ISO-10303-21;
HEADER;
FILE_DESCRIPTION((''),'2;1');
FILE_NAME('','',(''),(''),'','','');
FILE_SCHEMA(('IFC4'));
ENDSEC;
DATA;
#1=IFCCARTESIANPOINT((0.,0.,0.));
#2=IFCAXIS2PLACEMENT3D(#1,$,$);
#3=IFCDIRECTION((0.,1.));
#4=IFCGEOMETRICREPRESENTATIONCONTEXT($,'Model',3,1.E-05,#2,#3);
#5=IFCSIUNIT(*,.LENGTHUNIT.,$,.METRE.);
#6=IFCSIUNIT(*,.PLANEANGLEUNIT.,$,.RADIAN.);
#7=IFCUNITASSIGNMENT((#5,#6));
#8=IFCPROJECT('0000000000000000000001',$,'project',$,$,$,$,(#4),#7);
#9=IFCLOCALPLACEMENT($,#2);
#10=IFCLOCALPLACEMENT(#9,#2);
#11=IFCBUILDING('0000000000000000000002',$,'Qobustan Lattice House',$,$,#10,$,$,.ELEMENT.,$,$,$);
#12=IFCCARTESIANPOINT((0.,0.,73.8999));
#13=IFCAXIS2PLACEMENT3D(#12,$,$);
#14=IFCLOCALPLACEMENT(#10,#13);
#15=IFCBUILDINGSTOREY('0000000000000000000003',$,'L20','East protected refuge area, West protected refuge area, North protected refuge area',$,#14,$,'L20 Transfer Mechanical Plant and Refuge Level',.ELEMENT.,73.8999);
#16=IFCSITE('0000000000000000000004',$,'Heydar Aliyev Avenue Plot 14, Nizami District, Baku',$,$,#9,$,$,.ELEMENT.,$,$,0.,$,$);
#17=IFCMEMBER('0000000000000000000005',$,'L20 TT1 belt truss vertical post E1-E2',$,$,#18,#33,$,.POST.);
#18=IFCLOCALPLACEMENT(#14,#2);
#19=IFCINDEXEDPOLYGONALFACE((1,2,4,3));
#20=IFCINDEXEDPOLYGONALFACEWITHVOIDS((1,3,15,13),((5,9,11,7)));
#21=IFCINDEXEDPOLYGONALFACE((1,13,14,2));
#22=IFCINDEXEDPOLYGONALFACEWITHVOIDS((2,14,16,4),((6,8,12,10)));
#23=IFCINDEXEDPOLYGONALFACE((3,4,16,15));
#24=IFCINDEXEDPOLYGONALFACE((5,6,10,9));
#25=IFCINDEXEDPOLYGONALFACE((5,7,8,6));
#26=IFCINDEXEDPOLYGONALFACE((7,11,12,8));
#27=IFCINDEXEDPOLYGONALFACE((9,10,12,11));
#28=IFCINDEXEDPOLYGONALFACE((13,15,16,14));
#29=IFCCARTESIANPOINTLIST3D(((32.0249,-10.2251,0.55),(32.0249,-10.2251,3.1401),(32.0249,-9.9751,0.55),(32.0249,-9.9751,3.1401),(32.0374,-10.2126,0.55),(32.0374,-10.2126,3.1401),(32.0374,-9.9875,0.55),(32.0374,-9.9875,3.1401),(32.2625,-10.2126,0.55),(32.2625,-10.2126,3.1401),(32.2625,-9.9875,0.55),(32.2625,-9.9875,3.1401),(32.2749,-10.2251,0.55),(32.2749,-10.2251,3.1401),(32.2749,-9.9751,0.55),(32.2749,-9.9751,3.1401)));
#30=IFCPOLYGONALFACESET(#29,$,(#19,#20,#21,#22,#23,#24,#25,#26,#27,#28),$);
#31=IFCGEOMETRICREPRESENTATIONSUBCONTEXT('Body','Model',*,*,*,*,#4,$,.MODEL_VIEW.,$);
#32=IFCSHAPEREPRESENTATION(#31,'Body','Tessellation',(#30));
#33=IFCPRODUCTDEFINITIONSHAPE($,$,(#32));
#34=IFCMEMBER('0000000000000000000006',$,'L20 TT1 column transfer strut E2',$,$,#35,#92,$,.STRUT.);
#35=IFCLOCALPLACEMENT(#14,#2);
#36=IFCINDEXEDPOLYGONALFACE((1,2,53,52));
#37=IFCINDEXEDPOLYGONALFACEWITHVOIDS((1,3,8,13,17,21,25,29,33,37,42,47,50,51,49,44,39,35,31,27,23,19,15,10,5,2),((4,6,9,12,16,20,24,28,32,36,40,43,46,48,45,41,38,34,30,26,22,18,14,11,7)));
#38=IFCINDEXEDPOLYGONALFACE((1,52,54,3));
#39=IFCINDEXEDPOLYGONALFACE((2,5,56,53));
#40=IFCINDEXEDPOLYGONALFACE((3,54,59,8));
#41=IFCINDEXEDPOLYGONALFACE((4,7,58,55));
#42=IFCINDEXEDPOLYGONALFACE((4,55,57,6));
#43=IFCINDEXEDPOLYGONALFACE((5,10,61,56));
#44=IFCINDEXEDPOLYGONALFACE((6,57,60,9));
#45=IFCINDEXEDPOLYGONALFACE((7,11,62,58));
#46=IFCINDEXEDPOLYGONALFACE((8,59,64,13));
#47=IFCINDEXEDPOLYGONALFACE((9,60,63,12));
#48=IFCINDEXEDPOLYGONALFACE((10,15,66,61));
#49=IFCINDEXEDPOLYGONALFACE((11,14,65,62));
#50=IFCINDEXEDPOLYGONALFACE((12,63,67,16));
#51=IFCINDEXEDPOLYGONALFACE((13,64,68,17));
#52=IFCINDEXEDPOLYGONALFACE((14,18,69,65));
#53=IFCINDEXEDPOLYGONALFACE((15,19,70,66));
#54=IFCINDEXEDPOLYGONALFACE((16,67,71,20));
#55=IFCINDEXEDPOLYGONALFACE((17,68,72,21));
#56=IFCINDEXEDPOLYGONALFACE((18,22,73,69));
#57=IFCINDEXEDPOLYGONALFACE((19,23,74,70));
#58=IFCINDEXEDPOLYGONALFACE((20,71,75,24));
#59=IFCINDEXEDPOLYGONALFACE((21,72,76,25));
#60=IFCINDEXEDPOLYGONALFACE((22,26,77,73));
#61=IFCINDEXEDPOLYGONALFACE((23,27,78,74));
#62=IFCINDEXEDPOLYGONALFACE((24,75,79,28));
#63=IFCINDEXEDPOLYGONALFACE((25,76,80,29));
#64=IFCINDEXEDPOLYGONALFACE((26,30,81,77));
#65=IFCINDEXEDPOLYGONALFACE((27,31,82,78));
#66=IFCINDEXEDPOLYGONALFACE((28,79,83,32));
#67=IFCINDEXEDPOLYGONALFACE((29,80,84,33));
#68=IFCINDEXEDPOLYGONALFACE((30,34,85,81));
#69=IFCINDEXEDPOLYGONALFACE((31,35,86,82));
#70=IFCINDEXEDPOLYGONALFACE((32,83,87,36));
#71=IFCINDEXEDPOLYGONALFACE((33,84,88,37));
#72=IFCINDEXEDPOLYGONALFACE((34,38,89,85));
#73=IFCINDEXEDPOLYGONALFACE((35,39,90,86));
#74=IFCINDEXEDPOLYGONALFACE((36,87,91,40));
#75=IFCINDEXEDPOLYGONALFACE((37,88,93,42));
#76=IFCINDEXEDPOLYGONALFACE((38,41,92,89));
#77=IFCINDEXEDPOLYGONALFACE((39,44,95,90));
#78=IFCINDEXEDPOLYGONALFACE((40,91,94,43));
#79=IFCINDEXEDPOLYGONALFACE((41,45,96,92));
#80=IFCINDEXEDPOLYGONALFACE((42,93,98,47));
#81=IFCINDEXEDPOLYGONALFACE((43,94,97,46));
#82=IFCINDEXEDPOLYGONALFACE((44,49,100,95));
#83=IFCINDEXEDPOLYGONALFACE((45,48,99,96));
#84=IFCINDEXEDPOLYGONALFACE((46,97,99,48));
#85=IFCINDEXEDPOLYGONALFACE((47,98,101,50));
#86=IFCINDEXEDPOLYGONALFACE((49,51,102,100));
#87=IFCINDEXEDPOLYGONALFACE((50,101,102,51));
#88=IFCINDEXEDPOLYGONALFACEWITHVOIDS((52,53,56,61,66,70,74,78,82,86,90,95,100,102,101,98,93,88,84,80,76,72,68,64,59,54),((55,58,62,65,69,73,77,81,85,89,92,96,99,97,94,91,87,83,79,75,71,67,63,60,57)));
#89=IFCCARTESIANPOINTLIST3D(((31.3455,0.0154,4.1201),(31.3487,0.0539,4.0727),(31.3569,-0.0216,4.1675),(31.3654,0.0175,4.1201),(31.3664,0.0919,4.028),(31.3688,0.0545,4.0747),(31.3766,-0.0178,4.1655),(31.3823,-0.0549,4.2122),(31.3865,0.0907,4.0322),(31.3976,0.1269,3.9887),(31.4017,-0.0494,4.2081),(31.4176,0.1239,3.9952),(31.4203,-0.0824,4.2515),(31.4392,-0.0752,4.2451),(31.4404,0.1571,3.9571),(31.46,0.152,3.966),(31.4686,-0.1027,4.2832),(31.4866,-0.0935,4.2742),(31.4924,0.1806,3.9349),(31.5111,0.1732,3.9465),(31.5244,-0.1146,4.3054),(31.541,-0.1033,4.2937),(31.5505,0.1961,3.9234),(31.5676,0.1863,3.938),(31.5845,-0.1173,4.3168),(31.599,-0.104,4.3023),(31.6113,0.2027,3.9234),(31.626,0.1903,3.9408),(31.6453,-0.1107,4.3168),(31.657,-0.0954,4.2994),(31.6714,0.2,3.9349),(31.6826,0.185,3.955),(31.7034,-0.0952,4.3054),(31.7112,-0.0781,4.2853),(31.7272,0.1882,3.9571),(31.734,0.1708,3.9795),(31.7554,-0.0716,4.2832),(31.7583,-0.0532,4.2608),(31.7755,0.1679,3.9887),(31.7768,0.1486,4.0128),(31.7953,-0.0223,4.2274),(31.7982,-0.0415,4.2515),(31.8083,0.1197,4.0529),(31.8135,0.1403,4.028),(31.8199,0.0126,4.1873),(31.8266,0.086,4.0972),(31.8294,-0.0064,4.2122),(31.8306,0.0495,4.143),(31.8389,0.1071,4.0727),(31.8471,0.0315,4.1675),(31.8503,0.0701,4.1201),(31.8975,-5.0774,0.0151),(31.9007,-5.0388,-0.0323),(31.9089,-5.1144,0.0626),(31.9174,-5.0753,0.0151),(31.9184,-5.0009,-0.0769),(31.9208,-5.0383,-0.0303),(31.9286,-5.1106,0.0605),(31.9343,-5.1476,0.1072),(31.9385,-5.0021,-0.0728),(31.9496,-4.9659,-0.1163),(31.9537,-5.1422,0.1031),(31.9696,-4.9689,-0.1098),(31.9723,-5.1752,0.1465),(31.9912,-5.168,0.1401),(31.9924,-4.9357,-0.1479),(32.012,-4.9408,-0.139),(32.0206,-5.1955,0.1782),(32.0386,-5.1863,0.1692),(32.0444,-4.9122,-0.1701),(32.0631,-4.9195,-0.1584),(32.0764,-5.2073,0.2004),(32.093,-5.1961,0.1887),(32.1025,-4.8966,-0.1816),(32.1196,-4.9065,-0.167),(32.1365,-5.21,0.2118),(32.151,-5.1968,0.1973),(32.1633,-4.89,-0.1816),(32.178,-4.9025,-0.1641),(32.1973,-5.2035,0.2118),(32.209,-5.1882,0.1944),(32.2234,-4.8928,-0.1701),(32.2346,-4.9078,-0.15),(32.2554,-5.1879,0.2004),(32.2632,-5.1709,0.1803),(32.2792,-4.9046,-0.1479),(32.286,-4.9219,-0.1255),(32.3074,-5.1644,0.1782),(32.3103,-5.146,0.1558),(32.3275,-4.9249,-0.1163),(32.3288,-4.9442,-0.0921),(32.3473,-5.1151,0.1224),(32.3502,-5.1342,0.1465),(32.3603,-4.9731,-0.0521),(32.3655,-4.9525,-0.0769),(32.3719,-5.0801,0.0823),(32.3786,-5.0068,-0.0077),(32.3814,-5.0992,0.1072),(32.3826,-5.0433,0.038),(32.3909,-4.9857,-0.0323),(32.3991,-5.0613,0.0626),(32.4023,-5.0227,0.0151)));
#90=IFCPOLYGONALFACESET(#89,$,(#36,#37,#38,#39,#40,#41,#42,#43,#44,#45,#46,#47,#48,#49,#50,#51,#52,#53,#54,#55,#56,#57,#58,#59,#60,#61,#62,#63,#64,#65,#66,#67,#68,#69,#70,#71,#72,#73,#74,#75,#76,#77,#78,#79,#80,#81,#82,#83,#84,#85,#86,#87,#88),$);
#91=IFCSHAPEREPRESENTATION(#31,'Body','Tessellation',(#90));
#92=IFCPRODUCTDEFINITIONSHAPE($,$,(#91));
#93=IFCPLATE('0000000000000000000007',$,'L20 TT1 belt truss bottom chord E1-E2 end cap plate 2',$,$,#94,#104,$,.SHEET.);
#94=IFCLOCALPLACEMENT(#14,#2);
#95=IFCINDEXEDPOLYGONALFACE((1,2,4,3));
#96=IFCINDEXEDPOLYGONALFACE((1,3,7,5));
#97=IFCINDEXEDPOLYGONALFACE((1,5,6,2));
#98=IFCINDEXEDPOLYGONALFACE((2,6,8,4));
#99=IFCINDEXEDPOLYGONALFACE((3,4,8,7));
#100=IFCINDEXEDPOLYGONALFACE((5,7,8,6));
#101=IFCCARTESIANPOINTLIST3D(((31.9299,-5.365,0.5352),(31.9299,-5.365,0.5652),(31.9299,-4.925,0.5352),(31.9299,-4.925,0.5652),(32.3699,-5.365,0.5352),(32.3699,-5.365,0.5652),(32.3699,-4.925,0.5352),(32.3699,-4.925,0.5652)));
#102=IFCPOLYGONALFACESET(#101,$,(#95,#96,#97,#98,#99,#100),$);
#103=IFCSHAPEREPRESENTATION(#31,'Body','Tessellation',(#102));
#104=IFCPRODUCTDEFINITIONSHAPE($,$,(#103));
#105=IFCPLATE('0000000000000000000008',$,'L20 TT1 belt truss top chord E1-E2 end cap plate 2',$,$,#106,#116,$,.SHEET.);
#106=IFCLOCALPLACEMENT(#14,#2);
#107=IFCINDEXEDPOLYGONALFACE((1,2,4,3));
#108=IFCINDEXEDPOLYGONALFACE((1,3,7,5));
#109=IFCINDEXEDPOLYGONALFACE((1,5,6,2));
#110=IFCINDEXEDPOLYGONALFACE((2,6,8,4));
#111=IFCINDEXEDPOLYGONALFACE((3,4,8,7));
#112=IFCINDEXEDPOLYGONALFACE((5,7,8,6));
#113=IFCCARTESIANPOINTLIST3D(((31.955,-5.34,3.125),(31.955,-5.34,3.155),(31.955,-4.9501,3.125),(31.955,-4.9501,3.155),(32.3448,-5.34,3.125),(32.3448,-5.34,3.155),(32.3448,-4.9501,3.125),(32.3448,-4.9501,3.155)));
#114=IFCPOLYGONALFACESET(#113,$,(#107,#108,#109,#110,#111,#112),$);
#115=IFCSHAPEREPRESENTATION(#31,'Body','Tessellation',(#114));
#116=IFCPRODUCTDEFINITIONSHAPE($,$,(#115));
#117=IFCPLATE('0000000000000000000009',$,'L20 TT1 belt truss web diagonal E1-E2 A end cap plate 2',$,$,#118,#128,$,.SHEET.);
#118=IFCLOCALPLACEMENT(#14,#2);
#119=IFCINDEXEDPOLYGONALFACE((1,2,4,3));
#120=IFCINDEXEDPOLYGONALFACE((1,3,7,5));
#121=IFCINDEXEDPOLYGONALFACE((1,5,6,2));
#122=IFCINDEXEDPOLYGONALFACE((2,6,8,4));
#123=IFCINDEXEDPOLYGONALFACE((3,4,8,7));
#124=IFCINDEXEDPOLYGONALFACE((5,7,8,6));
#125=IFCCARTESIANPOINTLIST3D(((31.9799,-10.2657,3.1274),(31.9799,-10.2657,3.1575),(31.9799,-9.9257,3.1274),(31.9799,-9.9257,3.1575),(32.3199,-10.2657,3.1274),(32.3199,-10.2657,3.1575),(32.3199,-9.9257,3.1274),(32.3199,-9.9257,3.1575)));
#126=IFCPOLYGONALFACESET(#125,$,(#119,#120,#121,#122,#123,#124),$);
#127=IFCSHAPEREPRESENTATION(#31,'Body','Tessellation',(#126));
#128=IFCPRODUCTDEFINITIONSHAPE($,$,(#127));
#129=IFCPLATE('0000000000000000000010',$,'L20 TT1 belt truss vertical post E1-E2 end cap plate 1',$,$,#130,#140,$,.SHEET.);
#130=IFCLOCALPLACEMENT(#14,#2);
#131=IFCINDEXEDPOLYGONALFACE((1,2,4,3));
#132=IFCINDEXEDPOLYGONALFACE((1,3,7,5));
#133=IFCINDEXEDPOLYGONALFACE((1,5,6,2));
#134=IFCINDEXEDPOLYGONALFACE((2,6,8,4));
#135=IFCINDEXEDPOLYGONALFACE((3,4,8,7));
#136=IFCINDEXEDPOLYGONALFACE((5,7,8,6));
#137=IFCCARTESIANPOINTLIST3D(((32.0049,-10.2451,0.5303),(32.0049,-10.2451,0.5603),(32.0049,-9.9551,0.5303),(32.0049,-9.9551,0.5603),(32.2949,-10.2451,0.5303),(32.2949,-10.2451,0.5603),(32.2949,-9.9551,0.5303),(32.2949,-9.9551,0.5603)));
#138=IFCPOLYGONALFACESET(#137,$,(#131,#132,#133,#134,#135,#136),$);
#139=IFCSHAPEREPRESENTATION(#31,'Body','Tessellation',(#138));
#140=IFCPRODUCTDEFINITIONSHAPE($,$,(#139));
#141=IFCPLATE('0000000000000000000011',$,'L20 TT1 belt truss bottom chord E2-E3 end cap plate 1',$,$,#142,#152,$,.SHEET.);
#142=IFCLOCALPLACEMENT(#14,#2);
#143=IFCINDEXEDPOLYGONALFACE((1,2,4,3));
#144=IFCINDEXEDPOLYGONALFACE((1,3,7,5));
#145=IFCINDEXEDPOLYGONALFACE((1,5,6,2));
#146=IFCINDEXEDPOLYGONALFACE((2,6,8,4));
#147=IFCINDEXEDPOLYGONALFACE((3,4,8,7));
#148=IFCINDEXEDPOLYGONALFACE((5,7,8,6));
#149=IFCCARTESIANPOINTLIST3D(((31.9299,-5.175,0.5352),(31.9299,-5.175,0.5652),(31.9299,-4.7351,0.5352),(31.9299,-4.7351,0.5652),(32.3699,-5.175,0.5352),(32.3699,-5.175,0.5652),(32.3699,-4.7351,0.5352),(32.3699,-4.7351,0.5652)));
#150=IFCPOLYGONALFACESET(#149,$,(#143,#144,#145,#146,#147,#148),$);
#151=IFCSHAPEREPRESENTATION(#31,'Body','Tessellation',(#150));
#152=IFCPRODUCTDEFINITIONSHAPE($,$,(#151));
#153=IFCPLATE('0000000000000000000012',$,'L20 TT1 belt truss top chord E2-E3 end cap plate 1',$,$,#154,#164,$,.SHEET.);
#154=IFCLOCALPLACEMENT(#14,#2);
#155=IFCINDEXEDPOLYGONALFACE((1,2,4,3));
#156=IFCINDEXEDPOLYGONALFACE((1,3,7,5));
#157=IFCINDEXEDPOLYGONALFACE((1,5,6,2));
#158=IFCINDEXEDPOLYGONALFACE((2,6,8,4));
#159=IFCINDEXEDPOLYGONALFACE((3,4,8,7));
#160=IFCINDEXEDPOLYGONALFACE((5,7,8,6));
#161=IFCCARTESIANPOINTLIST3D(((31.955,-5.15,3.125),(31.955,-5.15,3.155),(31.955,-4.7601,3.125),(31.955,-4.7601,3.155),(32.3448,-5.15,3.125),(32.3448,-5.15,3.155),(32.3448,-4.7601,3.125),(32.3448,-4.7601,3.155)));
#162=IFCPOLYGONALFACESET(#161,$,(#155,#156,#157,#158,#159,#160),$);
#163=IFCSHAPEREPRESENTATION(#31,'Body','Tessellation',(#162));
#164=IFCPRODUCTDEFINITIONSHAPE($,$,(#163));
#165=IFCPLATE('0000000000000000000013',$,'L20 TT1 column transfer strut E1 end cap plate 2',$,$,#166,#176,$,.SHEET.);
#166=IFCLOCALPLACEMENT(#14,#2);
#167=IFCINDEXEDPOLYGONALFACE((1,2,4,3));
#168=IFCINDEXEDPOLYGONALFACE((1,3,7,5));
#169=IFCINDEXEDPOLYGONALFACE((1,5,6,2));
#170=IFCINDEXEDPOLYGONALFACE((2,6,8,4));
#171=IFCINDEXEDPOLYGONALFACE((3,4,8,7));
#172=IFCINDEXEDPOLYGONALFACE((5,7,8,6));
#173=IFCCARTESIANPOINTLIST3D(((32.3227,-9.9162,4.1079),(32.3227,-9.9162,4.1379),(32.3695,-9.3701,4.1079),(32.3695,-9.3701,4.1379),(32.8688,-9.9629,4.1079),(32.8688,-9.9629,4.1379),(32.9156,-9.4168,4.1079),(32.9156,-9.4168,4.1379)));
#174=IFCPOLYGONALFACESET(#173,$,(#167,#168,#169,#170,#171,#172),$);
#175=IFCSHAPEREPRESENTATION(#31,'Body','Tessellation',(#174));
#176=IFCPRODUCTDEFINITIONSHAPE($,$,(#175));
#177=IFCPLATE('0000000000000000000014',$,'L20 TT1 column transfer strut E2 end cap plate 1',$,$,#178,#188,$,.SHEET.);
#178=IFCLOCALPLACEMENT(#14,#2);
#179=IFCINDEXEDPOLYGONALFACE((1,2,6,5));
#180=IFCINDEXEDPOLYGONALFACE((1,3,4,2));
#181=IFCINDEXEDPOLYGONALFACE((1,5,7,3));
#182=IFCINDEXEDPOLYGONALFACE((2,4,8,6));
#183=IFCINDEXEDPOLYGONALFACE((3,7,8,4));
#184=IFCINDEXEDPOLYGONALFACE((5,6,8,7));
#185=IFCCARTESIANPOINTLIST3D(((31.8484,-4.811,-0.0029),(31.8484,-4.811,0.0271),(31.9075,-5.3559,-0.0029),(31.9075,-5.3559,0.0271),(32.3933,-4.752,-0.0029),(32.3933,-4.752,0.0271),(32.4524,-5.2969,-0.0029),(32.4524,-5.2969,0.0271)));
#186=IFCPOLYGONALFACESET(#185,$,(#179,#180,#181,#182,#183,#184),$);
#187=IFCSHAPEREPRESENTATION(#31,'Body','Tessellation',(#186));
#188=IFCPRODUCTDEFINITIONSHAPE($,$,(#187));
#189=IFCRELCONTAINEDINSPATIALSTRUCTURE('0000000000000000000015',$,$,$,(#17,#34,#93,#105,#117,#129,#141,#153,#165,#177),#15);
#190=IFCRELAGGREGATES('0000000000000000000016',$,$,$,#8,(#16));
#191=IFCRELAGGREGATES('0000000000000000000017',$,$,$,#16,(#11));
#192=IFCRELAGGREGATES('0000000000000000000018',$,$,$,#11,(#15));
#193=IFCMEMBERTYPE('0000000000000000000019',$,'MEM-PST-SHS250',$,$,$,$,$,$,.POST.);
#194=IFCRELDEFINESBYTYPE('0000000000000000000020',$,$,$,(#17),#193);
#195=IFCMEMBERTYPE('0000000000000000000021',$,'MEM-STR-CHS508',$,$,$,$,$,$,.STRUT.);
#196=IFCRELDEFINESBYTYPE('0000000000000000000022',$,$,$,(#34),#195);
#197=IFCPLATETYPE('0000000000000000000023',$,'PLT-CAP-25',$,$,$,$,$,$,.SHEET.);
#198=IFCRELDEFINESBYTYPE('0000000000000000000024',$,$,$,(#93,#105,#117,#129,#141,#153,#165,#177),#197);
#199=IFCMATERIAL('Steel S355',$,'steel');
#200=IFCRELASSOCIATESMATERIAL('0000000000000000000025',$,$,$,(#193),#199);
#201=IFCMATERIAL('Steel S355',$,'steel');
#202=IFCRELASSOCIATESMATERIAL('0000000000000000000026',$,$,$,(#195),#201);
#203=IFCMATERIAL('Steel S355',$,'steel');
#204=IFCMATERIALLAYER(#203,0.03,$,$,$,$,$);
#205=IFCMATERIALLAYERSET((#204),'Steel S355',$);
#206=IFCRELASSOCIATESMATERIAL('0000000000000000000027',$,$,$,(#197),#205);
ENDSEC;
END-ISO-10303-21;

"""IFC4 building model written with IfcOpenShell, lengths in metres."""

from ifc_helpers import new_model, si_unit, direction, frame, origin, origin_2d, place, context, subcontext, project, spatial, rectangle, hollow_rectangle, hollow_circle, extrude, material, layer, layer_set, material_profile, profile_set, type_object, element, save


model = new_model("IFC4")

# Units and contexts
model_context = context("Model", 3, precision=1e-05, world=origin(), true_north=direction((0.0, 1.0)))
body_context = subcontext(model_context, "Body", "Model", "MODEL_VIEW")
ifc_project = project(units=[si_unit("LENGTHUNIT", "METRE"), si_unit("PLANEANGLEUNIT", "RADIAN")], contexts=[model_context])

# Site, building, storey
site_placement = place(None, origin())
site = spatial("IfcSite", under=ifc_project, at=site_placement, Name="Heydar Aliyev Avenue Plot 14, Nizami District, Baku", CompositionType="ELEMENT", RefElevation=0.0)
building_placement = place(site_placement, origin())
building = spatial("IfcBuilding", under=site, at=building_placement, Name="Qobustan Lattice House", CompositionType="ELEMENT")
storey_placement = place(building_placement, frame((0.0, 0.0, 73.8999)))
storey = spatial("IfcBuildingStorey", under=building, at=storey_placement, Name="L20", Description="East protected refuge area, West protected refuge area, North protected refuge area", LongName="L20 Transfer Mechanical Plant and Refuge Level", CompositionType="ELEMENT", Elevation=73.8999)

# Members
ifc_material_1 = material(Name="Steel S355", Category="steel")
ifc_material_profile_1 = material_profile(ifc_material_1, hollow_rectangle(XDim=0.25, YDim=0.25, WallThickness=0.0125, at=origin_2d()), Name="SHS250x250x12.5")
ifc_profile_set_1 = profile_set([ifc_material_profile_1], Name="Steel S355")
member_type_1 = type_object("IfcMemberType", Name="MEM-PST-SHS250", PredefinedType="POST", material=ifc_profile_set_1)
member_1_placement = place(storey_placement, frame((32.1499, -10.1001, 0.55), z_axis=(0.0, 0.0, 1.0), x_axis=(1.0, 0.0, 0.0)))
element("IfcMember", 1, at=member_1_placement, inside=storey, type_object=member_type_1, Name="L20 TT1 belt truss vertical post E1-E2", PredefinedType="POST", context=body_context, shape_type="SweptSolid", body=[
    extrude(hollow_rectangle(XDim=0.25, YDim=0.25, WallThickness=0.0125, at=origin_2d()), origin(), (0.0, 0.0, 1.0), 2.5901),
])
ifc_material_2 = material(Name="Steel S355", Category="steel")
ifc_material_profile_2 = material_profile(ifc_material_2, hollow_circle(Radius=0.2539, WallThickness=0.02, at=origin_2d()), Name="CHS508x20")
ifc_profile_set_2 = profile_set([ifc_material_profile_2], Name="Steel S355")
member_type_2 = type_object("IfcMemberType", Name="MEM-STR-CHS508", PredefinedType="STRUT", material=ifc_profile_set_2)
member_2_placement = place(storey_placement, frame((32.1499, -5.05, 0.0151), z_axis=(-0.08409, 0.775812, 0.625336), x_axis=(-0.994177, -0.107758, 0.0)))
element("IfcMember", 2, at=member_2_placement, inside=storey, type_object=member_type_2, Name="L20 TT1 column transfer strut E2", PredefinedType="STRUT", context=body_context, shape_type="SweptSolid", body=[
    extrude(hollow_circle(Radius=0.2539, WallThickness=0.02, at=origin_2d()), origin(), (0.0, 0.0, 1.0), 6.5645),
])

# Plates
ifc_material_3 = material(Name="Steel S355", Category="steel")
ifc_layer = layer(ifc_material_3, 0.03)
ifc_layer_set = layer_set([ifc_layer], Name="Steel S355")
plate_type = type_object("IfcPlateType", Name="PLT-CAP-25", PredefinedType="SHEET", material=ifc_layer_set)
plate_1_placement = place(storey_placement, frame((32.1499, -5.145, 0.5352), z_axis=(0.0, 0.0, 1.0), x_axis=(0.0, 1.0, 0.0)))
element("IfcPlate", 3, at=plate_1_placement, inside=storey, type_object=plate_type, Name="L20 TT1 belt truss bottom chord E1-E2 end cap plate 2", PredefinedType="SHEET", context=body_context, shape_type="SweptSolid", body=[
    extrude(rectangle(XDim=0.4399, YDim=0.4399, at=origin_2d()), origin(), (0.0, 0.0, 1.0), 0.03),
])
plate_2_placement = place(storey_placement, frame((32.1499, -5.145, 3.125), z_axis=(0.0, 0.0, 1.0), x_axis=(0.0, 1.0, 0.0)))
element("IfcPlate", 4, at=plate_2_placement, inside=storey, type_object=plate_type, Name="L20 TT1 belt truss top chord E1-E2 end cap plate 2", PredefinedType="SHEET", context=body_context, shape_type="SweptSolid", body=[
    extrude(rectangle(XDim=0.3899, YDim=0.3899, at=origin_2d()), origin(), (0.0, 0.0, 1.0), 0.03),
])
plate_3_placement = place(storey_placement, frame((32.1499, -10.0957, 3.1274), z_axis=(0.0, 0.0, 1.0), x_axis=(0.0, 1.0, 0.0)))
element("IfcPlate", 5, at=plate_3_placement, inside=storey, type_object=plate_type, Name="L20 TT1 belt truss web diagonal E1-E2 A end cap plate 2", PredefinedType="SHEET", context=body_context, shape_type="SweptSolid", body=[
    extrude(rectangle(XDim=0.3401, YDim=0.3401, at=origin_2d()), origin(), (0.0, 0.0, 1.0), 0.03),
])
plate_4_placement = place(storey_placement, frame((32.1499, -10.1001, 0.5303), z_axis=(0.0, 0.0, 1.0), x_axis=(1.0, 0.0, 0.0)))
element("IfcPlate", 6, at=plate_4_placement, inside=storey, type_object=plate_type, Name="L20 TT1 belt truss vertical post E1-E2 end cap plate 1", PredefinedType="SHEET", context=body_context, shape_type="SweptSolid", body=[
    extrude(rectangle(XDim=0.29, YDim=0.29, at=origin_2d()), origin(), (0.0, 0.0, 1.0), 0.03),
])
plate_5_placement = place(storey_placement, frame((32.1499, -4.9551, 0.5352), z_axis=(0.0, 0.0, 1.0), x_axis=(0.0, 1.0, 0.0)))
element("IfcPlate", 7, at=plate_5_placement, inside=storey, type_object=plate_type, Name="L20 TT1 belt truss bottom chord E2-E3 end cap plate 1", PredefinedType="SHEET", context=body_context, shape_type="SweptSolid", body=[
    extrude(rectangle(XDim=0.4399, YDim=0.4399, at=origin_2d()), origin(), (0.0, 0.0, 1.0), 0.03),
])
plate_6_placement = place(storey_placement, frame((32.1499, -4.9551, 3.125), z_axis=(0.0, 0.0, 1.0), x_axis=(0.0, 1.0, 0.0)))
element("IfcPlate", 8, at=plate_6_placement, inside=storey, type_object=plate_type, Name="L20 TT1 belt truss top chord E2-E3 end cap plate 1", PredefinedType="SHEET", context=body_context, shape_type="SweptSolid", body=[
    extrude(rectangle(XDim=0.3899, YDim=0.3899, at=origin_2d()), origin(), (0.0, 0.0, 1.0), 0.03),
])
for number, where, z_axis, x_axis, name in (
    (9, (32.6191, -9.6665, 4.1079), (0.0, 0.0, 1.0), (0.08526, 0.996359, 0.0), "L20 TT1 column transfer strut E1 end cap plate 2"),
    (10, (32.1504, -5.054, -0.0029), (0.0, 0.0, 1.0), (-0.107756, 0.994177, 0.0), "L20 TT1 column transfer strut E2 end cap plate 1"),
):
    element("IfcPlate", number, at=place(storey_placement, frame(where, z_axis=z_axis, x_axis=x_axis)), inside=storey, type_object=plate_type, Name=name, PredefinedType="SHEET", context=body_context, shape_type="SweptSolid", body=[
        extrude(rectangle(XDim=0.5481, YDim=0.5481, at=origin_2d()), origin(), (0.0, 0.0, 1.0), 0.03),
    ])

save(model, "model.ifc")
